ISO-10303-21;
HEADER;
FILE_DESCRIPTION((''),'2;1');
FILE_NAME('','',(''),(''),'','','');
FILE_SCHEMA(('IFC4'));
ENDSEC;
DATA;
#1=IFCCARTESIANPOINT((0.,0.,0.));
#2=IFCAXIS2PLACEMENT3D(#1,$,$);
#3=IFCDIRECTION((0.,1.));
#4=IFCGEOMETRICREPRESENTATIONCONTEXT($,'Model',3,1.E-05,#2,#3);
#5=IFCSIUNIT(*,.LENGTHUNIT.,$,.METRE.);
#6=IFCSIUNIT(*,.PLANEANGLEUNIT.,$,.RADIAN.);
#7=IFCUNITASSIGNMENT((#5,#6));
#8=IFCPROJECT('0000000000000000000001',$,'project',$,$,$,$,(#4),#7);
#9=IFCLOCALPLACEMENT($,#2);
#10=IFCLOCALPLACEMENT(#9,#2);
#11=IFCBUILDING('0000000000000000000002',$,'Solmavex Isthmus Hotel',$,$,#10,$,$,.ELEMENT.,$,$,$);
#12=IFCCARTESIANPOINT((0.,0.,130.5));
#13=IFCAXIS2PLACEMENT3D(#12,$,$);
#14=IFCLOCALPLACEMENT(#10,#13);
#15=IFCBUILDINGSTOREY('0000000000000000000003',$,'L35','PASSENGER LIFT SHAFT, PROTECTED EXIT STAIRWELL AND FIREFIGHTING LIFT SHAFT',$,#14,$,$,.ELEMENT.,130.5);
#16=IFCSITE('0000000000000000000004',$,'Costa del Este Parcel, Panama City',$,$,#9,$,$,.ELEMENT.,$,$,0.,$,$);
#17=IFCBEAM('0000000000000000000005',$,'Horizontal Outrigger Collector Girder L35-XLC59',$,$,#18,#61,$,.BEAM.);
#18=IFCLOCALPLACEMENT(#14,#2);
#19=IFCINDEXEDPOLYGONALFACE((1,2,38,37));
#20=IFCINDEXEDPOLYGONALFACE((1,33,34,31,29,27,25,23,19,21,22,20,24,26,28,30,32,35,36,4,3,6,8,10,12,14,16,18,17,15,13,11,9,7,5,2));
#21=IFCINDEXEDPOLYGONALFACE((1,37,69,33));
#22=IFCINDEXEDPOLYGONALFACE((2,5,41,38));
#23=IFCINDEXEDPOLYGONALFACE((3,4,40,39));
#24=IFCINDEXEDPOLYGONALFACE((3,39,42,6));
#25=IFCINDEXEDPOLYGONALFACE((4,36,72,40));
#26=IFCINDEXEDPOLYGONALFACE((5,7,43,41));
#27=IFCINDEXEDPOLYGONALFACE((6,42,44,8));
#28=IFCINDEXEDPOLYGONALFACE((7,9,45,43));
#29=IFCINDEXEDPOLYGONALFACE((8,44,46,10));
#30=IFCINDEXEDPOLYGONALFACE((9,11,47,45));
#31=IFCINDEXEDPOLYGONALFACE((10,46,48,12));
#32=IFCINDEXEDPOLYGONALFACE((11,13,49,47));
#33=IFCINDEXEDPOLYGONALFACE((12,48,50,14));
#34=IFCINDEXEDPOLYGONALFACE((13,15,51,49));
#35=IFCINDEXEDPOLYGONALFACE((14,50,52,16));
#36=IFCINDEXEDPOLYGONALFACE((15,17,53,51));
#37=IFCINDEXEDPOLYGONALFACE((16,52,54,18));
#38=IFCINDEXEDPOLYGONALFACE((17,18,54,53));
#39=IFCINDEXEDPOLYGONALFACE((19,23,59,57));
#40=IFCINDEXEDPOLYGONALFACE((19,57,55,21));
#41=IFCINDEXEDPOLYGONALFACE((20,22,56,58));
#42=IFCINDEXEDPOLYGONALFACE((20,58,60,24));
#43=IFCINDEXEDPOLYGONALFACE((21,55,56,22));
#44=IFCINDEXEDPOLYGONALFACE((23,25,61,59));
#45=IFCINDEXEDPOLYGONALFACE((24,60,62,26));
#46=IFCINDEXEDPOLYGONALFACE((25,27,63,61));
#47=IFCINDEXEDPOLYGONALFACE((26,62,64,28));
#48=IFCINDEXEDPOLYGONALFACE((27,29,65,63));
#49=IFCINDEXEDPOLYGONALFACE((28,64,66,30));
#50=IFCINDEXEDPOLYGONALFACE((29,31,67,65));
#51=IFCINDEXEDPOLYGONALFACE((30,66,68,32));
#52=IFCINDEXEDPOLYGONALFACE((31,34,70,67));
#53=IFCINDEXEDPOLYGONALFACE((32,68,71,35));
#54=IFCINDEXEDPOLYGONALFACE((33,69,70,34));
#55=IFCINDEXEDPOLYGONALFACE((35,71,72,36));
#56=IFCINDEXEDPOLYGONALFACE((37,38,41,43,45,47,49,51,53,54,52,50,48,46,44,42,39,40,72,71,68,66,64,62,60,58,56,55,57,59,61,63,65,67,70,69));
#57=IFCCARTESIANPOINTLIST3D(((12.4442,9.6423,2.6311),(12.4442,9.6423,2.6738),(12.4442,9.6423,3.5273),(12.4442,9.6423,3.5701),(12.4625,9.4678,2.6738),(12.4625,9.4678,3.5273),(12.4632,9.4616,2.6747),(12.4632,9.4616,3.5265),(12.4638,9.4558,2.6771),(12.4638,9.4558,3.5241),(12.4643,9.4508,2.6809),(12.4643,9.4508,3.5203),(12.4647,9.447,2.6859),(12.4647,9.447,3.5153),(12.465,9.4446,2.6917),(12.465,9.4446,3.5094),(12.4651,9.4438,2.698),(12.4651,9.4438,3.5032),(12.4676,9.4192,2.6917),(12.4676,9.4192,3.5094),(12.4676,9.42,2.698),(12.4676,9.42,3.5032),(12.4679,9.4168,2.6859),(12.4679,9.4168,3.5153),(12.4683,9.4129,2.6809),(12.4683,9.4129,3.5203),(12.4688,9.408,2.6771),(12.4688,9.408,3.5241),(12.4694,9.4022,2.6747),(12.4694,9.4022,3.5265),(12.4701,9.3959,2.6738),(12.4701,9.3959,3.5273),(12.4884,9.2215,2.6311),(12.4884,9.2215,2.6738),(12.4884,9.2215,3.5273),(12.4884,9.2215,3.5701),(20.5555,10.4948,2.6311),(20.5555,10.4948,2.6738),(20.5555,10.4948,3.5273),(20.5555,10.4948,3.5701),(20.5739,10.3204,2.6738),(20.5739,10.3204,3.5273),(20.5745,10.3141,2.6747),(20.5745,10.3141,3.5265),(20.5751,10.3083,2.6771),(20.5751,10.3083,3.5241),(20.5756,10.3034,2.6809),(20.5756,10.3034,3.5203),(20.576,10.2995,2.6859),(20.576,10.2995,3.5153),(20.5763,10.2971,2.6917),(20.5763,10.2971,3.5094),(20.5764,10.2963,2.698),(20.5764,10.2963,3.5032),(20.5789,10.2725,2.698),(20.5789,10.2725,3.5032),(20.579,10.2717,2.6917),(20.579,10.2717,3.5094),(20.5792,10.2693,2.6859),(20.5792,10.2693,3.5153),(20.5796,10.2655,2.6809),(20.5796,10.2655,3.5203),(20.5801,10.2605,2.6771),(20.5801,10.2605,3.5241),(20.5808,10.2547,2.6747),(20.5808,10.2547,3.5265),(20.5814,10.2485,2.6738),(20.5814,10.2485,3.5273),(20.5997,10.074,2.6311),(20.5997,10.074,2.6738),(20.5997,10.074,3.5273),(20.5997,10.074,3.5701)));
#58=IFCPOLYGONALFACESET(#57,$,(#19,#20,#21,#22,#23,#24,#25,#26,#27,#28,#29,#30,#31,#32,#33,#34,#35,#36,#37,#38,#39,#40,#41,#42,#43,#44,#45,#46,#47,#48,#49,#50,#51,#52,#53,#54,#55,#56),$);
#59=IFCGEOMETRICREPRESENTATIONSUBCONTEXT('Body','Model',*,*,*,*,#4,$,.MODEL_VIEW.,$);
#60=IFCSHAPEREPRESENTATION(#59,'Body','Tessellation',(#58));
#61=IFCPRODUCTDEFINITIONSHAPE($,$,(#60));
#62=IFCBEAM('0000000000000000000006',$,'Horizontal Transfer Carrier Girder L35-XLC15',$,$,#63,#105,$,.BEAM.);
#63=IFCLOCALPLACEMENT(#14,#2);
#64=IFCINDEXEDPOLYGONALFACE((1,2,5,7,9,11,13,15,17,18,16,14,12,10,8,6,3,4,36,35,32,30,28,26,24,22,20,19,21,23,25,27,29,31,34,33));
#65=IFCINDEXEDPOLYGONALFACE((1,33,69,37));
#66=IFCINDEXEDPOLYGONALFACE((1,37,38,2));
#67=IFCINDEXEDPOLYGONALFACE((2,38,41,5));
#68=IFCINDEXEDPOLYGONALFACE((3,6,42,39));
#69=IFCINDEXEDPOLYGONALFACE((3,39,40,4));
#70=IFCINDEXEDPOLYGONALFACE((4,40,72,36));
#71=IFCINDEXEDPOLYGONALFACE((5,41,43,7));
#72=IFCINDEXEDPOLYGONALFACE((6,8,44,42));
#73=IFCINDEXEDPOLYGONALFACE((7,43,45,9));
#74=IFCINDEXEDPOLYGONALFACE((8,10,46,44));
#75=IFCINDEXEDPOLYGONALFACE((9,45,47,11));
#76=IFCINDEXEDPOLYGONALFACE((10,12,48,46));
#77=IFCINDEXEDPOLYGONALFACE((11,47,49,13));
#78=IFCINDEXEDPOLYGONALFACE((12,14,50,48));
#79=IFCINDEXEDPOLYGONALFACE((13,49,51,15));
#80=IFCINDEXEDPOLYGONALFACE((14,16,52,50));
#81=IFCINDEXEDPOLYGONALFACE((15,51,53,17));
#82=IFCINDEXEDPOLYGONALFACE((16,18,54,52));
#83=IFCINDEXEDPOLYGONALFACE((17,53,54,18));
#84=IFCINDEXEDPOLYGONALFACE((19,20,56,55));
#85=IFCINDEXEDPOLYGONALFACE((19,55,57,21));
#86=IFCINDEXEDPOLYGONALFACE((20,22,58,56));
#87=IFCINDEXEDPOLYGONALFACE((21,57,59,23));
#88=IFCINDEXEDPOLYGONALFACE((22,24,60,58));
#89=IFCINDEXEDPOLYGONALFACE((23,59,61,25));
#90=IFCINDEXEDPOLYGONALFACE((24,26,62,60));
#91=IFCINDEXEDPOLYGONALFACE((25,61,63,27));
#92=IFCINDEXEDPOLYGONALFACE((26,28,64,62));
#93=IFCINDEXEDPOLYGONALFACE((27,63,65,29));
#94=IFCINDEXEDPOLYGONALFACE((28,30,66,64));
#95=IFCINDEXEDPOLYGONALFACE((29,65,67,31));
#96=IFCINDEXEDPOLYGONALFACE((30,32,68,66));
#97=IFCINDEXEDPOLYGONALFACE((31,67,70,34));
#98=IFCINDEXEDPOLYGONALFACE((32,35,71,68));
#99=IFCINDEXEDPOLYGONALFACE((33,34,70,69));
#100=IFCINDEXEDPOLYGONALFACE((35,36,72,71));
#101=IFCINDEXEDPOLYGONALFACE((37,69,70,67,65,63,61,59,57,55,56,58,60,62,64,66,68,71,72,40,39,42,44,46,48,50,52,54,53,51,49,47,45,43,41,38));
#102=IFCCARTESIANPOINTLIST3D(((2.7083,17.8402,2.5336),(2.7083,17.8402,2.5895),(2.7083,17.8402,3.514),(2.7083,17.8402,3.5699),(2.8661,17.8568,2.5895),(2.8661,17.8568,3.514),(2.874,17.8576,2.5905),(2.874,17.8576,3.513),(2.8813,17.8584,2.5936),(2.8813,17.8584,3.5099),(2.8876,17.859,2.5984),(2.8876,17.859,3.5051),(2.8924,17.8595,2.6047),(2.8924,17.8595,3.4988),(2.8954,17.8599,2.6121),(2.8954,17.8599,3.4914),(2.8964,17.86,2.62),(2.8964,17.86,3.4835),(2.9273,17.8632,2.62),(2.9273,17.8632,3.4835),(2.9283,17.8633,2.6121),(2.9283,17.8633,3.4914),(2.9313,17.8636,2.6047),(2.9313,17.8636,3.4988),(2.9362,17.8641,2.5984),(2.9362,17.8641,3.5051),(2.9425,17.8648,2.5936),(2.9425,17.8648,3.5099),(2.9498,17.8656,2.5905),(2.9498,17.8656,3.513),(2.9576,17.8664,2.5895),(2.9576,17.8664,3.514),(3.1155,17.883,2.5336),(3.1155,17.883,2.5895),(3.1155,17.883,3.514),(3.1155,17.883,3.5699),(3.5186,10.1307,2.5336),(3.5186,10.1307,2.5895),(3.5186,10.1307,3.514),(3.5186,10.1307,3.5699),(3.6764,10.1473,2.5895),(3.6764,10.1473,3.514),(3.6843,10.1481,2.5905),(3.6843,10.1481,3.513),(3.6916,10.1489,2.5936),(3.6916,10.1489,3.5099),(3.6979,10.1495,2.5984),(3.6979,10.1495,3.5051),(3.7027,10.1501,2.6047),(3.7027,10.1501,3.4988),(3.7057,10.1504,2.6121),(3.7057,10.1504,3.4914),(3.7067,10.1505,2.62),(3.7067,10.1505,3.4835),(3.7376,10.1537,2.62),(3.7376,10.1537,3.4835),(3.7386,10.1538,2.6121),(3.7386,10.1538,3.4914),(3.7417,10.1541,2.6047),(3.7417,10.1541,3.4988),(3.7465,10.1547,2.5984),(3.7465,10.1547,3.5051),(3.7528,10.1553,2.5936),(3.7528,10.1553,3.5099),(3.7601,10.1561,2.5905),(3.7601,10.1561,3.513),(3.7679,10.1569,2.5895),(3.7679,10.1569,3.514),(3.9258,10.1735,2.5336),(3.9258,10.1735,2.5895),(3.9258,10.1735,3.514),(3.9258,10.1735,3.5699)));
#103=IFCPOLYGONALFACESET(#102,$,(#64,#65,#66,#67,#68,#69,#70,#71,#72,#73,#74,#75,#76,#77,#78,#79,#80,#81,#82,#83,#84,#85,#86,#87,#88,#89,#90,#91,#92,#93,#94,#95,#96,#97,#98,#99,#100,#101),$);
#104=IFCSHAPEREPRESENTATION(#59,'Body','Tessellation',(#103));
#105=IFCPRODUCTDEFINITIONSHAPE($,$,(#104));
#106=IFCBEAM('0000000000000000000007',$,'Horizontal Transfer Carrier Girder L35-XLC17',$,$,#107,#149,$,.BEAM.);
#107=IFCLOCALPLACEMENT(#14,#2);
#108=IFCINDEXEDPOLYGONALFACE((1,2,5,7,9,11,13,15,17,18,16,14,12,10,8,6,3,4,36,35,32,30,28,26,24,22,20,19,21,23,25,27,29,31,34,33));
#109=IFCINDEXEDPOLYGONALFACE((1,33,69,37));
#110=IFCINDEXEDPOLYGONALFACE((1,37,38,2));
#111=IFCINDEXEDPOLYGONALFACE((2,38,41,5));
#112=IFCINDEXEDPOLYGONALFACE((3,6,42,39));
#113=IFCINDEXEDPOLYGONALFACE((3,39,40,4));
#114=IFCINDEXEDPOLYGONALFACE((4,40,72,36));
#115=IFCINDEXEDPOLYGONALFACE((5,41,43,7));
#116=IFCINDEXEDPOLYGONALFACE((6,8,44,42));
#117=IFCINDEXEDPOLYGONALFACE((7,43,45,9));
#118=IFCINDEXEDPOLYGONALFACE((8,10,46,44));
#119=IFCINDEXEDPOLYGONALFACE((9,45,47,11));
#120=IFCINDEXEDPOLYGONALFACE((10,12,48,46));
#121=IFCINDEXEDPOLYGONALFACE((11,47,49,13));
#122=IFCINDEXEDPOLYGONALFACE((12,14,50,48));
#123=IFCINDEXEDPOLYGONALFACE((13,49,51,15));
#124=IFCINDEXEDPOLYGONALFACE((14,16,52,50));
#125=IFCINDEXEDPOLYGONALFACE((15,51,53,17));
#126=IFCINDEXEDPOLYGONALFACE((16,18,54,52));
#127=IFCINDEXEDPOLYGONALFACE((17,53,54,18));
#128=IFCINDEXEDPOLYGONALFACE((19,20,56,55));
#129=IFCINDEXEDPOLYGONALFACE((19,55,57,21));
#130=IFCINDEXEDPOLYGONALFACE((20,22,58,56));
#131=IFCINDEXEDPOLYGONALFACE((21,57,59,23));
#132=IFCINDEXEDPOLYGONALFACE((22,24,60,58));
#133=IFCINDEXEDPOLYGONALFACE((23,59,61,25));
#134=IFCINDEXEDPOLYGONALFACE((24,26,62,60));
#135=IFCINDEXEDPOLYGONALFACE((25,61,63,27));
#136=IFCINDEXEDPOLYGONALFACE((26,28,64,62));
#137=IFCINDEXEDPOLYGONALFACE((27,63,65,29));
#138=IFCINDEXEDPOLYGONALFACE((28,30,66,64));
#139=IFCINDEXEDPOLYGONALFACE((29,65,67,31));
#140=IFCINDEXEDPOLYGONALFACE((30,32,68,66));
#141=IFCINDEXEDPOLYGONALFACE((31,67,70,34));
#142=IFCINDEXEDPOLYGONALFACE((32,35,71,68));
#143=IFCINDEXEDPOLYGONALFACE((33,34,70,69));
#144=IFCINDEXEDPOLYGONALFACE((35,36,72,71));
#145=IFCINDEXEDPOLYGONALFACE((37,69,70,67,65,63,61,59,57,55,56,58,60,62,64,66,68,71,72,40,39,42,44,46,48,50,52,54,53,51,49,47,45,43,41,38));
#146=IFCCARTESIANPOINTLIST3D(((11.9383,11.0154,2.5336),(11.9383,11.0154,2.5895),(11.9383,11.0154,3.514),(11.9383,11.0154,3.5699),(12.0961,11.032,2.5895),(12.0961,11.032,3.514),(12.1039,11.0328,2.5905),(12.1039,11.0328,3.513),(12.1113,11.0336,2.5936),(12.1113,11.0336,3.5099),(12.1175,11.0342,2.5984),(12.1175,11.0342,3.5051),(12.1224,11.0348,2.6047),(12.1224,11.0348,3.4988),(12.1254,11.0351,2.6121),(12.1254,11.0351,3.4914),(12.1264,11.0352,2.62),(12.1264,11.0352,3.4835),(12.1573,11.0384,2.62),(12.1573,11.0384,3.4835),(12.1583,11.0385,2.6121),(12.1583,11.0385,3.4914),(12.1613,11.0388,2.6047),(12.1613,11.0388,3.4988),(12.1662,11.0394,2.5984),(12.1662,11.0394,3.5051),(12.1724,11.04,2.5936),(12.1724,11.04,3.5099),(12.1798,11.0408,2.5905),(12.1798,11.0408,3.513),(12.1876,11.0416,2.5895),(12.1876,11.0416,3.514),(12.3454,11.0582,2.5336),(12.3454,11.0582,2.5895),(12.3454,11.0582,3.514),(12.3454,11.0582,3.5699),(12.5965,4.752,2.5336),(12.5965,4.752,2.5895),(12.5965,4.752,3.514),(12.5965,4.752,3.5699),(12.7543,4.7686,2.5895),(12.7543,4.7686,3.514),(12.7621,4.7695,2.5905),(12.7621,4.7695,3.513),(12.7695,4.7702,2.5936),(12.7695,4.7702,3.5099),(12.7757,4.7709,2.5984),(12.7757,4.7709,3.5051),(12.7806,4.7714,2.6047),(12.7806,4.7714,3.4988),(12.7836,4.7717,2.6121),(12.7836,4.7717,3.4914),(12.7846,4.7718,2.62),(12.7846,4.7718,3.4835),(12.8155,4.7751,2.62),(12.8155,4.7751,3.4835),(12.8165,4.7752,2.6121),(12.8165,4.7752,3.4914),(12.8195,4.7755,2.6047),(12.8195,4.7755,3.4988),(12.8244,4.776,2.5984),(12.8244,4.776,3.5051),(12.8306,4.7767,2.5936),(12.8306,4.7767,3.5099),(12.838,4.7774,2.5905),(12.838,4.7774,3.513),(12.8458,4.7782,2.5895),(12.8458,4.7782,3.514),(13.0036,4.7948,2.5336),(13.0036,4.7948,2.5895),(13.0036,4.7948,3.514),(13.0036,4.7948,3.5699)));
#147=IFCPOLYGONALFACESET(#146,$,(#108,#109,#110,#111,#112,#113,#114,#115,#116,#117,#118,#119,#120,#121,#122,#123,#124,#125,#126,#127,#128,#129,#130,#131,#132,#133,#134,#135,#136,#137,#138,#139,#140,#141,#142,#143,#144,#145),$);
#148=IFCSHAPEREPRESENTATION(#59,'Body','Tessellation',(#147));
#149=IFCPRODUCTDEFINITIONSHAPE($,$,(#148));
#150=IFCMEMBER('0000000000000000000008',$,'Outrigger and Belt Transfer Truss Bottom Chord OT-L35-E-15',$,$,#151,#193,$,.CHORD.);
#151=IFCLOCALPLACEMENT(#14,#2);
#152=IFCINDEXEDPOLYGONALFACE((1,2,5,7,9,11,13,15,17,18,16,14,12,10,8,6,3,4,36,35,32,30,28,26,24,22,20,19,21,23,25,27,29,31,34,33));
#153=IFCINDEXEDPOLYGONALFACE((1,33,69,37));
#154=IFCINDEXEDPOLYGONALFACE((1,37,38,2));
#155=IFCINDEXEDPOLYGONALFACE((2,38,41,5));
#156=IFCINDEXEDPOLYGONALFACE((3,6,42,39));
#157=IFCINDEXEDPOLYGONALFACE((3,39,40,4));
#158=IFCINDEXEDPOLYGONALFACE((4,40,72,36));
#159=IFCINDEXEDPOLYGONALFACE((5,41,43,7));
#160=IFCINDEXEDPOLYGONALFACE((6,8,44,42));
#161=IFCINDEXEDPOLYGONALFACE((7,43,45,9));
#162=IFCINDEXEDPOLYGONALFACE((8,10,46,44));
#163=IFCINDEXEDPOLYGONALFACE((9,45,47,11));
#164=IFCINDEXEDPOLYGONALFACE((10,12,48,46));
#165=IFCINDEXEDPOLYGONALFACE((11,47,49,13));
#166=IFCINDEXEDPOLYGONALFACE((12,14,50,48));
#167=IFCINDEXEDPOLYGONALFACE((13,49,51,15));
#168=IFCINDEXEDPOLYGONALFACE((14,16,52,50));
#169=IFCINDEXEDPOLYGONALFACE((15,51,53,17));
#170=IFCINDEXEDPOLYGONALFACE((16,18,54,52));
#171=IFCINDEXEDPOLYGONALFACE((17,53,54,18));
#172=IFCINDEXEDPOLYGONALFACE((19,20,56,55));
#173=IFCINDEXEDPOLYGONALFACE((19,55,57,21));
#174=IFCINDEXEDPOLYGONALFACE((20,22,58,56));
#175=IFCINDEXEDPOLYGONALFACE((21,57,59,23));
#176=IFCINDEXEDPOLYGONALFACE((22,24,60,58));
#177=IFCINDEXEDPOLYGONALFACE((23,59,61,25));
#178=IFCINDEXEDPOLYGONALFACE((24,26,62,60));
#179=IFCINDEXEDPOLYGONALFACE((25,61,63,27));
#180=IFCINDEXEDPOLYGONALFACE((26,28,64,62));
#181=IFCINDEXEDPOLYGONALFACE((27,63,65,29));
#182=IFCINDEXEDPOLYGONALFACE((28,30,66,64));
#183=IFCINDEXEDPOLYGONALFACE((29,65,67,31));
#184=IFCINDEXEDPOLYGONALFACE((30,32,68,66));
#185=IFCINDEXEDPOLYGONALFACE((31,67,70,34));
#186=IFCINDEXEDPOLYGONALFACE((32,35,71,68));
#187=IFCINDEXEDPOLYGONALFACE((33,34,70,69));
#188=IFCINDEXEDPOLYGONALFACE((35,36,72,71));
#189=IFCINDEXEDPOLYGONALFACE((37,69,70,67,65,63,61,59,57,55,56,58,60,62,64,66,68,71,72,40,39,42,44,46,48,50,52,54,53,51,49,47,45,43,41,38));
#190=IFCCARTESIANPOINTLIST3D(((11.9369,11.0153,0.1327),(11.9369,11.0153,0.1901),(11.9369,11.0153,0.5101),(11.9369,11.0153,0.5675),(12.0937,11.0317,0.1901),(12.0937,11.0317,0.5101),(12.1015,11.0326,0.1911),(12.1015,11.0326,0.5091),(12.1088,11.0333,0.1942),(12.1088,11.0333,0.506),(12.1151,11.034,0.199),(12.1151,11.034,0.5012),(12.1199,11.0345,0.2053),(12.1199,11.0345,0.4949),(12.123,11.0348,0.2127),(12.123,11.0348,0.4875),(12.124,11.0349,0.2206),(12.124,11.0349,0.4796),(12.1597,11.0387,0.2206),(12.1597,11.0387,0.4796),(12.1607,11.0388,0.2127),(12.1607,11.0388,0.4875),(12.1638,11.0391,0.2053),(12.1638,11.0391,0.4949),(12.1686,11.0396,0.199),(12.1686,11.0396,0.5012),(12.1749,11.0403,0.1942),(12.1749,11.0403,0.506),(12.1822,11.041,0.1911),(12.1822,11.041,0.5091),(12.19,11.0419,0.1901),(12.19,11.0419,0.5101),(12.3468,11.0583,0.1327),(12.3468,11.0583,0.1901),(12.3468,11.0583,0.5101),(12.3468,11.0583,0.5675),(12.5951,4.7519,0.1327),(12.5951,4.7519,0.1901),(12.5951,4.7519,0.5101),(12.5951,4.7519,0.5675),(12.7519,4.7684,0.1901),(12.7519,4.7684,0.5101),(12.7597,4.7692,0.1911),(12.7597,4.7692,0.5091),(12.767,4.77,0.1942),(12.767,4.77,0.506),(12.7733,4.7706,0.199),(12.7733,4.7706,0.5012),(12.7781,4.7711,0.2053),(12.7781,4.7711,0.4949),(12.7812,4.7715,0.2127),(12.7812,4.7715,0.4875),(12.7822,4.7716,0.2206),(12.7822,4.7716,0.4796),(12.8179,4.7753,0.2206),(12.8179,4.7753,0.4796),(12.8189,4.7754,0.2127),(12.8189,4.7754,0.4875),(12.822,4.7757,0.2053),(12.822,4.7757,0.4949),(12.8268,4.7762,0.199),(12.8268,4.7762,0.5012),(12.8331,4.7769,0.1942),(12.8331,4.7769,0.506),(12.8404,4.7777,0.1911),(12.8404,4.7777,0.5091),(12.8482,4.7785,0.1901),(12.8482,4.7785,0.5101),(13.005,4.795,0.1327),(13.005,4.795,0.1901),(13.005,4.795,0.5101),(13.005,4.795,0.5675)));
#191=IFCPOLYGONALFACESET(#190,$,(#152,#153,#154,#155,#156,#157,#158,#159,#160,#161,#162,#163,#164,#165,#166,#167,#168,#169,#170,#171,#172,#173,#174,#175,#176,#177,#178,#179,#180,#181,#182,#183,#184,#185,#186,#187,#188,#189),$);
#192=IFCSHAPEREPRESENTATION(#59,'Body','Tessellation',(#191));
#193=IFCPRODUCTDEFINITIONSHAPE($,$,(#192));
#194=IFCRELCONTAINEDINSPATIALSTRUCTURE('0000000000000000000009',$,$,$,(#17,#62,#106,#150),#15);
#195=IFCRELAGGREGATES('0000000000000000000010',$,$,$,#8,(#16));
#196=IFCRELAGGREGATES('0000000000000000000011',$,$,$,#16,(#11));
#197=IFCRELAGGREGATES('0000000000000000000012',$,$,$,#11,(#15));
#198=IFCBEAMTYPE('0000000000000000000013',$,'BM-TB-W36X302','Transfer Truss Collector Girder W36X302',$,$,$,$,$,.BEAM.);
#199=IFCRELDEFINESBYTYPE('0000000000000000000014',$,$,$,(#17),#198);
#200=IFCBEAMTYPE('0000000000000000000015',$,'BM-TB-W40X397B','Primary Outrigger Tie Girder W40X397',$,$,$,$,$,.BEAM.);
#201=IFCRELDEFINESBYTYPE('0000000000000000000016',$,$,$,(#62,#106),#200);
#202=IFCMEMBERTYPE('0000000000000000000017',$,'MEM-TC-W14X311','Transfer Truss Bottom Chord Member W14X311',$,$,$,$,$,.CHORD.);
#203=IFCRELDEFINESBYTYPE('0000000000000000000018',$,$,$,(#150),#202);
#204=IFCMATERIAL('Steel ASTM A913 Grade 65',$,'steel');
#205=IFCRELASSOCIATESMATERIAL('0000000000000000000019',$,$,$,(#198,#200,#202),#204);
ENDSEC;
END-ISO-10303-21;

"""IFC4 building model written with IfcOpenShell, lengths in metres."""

from ifc_helpers import new_model, si_unit, direction, frame, origin, origin_2d, place, context, subcontext, project, spatial, i_section, extrude, material, material_profile, profile_set, type_object, element, save


model = new_model("IFC4")

# Units and contexts
model_context = context("Model", 3, precision=1e-05, world=origin(), true_north=direction((0.0, 1.0)))
body_context = subcontext(model_context, "Body", "Model", "MODEL_VIEW")
ifc_project = project(units=[si_unit("LENGTHUNIT", "METRE"), si_unit("PLANEANGLEUNIT", "RADIAN")], contexts=[model_context])

# Site, building, storey
site_placement = place(None, origin())
site = spatial("IfcSite", under=ifc_project, at=site_placement, Name="Costa del Este Parcel, Panama City", CompositionType="ELEMENT", RefElevation=0.0)
building_placement = place(site_placement, origin())
building = spatial("IfcBuilding", under=site, at=building_placement, Name="Solmavex Isthmus Hotel", CompositionType="ELEMENT")
storey_placement = place(building_placement, frame((0.0, 0.0, 130.5)))
storey = spatial("IfcBuildingStorey", under=building, at=storey_placement, Name="L35", Description="PASSENGER LIFT SHAFT, PROTECTED EXIT STAIRWELL AND FIREFIGHTING LIFT SHAFT", CompositionType="ELEMENT", Elevation=130.5)

# Shared definitions
ifc_material_1 = material(Name="Steel ASTM A913 Grade 65", Category="steel")

# Beams
ifc_material_profile_1 = material_profile(ifc_material_1, i_section(OverallWidth=0.4231, OverallDepth=0.939, WebThickness=0.0239, FlangeThickness=0.0427, FilletRadius=0.0242, at=origin_2d()), Name="W36X302")
ifc_profile_set_1 = profile_set([ifc_material_profile_1], Name="Steel ASTM A913 Grade 65")
beam_type_1 = type_object("IfcBeamType", Name="BM-TB-W36X302", Description="Transfer Truss Collector Girder W36X302", PredefinedType="BEAM", material=ifc_profile_set_1)
beam_1_placement = place(storey_placement, frame((12.4663, 9.4319, 3.1006), z_axis=(0.994522, 0.104529, 0.0), x_axis=(-0.104529, 0.994522, 0.0)))
element("IfcBeam", 1, at=beam_1_placement, inside=storey, type_object=beam_type_1, Name="Horizontal Outrigger Collector Girder L35-XLC59", PredefinedType="BEAM", context=body_context, shape_type="SweptSolid", body=[
    extrude(i_section(OverallWidth=0.4231, OverallDepth=0.939, WebThickness=0.0239, FlangeThickness=0.0427, FilletRadius=0.0242, at=origin_2d()), origin(), (0.0, 0.0, 1.0), 8.156),
])
ifc_material_profile_2 = material_profile(ifc_material_1, i_section(OverallWidth=0.4094, OverallDepth=1.0364, WebThickness=0.031, FlangeThickness=0.0559, FilletRadius=0.0305, at=origin_2d()), Name="W40X397")
ifc_profile_set_2 = profile_set([ifc_material_profile_2], Name="Steel ASTM A913 Grade 65")
beam_type_2 = type_object("IfcBeamType", Name="BM-TB-W40X397B", Description="Primary Outrigger Tie Girder W40X397", PredefinedType="BEAM", material=ifc_profile_set_2)
beam_2_placement = place(storey_placement, frame((3.7222, 10.1521, 3.0518), z_axis=(-0.104529, 0.994522, 0.0), x_axis=(-0.994522, -0.104529, 0.0)))
element("IfcBeam", 2, at=beam_2_placement, inside=storey, type_object=beam_type_2, Name="Horizontal Transfer Carrier Girder L35-XLC15", PredefinedType="BEAM", context=body_context, shape_type="SweptSolid", body=[
    extrude(i_section(OverallWidth=0.4094, OverallDepth=1.0364, WebThickness=0.031, FlangeThickness=0.0559, FilletRadius=0.0305, at=origin_2d()), origin(), (0.0, 0.0, 1.0), 7.752),
])
beam_3_placement = place(storey_placement, frame((12.8, 4.7734, 3.0518), z_axis=(-0.104511, 0.994524, 0.0), x_axis=(-0.994524, -0.104511, 0.0)))
element("IfcBeam", 3, at=beam_3_placement, inside=storey, type_object=beam_type_2, Name="Horizontal Transfer Carrier Girder L35-XLC17", PredefinedType="BEAM", context=body_context, shape_type="SweptSolid", body=[
    extrude(i_section(OverallWidth=0.4094, OverallDepth=1.0364, WebThickness=0.031, FlangeThickness=0.0559, FilletRadius=0.0305, at=origin_2d()), origin(), (0.0, 0.0, 1.0), 6.2979),
])

# Member
ifc_material_profile_3 = material_profile(ifc_material_1, i_section(OverallWidth=0.4121, OverallDepth=0.4348, WebThickness=0.0359, FlangeThickness=0.0574, FilletRadius=0.0305, at=origin_2d()), Name="W14X311")
ifc_profile_set_3 = profile_set([ifc_material_profile_3], Name="Steel ASTM A913 Grade 65")
member_type_1 = type_object("IfcMemberType", Name="MEM-TC-W14X311", Description="Transfer Truss Bottom Chord Member W14X311", PredefinedType="CHORD", material=ifc_profile_set_3)
member_1_placement = place(storey_placement, frame((12.8, 4.7734, 0.3501), z_axis=(-0.104511, 0.994524, 0.0), x_axis=(-0.994524, -0.104511, 0.0)))
element("IfcMember", 4, at=member_1_placement, inside=storey, type_object=member_type_1, Name="Outrigger and Belt Transfer Truss Bottom Chord OT-L35-E-15", PredefinedType="CHORD", context=body_context, shape_type="SweptSolid", body=[
    extrude(i_section(OverallWidth=0.4121, OverallDepth=0.4348, WebThickness=0.0359, FlangeThickness=0.0574, FilletRadius=0.0305, at=origin_2d()), origin(), (0.0, 0.0, 1.0), 6.2979),
])

save(model, "model.ifc")
